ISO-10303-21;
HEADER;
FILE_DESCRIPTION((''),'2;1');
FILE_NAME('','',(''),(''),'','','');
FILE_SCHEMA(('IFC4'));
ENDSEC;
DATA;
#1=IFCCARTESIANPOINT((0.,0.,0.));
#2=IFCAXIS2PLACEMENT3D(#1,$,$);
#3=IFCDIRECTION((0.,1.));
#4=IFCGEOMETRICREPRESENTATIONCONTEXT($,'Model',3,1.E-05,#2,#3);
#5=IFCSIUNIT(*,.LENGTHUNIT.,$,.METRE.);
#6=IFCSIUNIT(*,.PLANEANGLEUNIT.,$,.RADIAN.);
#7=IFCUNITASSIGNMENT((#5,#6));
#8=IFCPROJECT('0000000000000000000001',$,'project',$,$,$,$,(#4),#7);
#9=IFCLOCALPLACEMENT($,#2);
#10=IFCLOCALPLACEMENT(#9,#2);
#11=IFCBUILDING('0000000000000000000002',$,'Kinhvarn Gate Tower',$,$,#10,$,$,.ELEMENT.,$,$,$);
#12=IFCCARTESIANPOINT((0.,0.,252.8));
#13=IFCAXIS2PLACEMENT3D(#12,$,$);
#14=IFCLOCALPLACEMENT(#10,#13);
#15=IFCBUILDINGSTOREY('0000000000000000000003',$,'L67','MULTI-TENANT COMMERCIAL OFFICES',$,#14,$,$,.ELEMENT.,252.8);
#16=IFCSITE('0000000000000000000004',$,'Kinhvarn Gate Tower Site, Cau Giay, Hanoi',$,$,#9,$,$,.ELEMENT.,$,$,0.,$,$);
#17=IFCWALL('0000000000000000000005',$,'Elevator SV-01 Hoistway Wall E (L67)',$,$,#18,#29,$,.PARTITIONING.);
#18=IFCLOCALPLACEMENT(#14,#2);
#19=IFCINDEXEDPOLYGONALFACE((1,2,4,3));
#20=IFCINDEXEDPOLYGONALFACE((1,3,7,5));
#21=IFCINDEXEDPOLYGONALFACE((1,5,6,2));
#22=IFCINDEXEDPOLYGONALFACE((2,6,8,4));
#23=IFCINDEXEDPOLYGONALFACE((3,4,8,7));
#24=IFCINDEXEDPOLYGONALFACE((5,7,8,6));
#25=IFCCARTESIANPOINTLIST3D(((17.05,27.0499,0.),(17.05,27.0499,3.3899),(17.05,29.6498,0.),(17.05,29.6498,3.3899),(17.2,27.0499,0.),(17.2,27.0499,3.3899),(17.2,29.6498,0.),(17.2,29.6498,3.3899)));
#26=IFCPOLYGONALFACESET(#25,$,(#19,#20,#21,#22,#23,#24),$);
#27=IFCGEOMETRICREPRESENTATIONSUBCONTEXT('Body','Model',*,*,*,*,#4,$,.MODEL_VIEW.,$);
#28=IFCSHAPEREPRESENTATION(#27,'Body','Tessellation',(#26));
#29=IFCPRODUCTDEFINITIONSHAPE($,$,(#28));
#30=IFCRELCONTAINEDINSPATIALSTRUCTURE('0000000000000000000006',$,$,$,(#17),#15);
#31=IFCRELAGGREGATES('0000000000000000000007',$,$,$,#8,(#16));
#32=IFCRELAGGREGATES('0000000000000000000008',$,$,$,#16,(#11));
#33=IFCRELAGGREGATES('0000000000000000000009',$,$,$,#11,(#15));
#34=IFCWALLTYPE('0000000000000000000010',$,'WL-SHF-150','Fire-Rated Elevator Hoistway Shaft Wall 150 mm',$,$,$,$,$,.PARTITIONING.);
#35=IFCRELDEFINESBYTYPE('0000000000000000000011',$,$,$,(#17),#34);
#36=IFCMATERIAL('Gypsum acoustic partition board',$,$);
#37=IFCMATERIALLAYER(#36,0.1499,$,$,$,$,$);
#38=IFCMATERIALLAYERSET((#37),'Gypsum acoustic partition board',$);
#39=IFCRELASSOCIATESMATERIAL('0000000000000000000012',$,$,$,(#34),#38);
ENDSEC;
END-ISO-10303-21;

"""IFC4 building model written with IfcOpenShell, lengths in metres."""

from ifc_helpers import new_model, si_unit, direction, frame, frame_2d, origin, place, context, subcontext, project, spatial, rectangle, extrude, material, layer, layer_set, type_object, element, save


model = new_model("IFC4")

# Units and contexts
model_context = context("Model", 3, precision=1e-05, world=origin(), true_north=direction((0.0, 1.0)))
body_context = subcontext(model_context, "Body", "Model", "MODEL_VIEW")
ifc_project = project(units=[si_unit("LENGTHUNIT", "METRE"), si_unit("PLANEANGLEUNIT", "RADIAN")], contexts=[model_context])

# Site, building, storey
site_placement = place(None, origin())
site = spatial("IfcSite", under=ifc_project, at=site_placement, Name="Kinhvarn Gate Tower Site, Cau Giay, Hanoi", CompositionType="ELEMENT", RefElevation=0.0)
building_placement = place(site_placement, origin())
building = spatial("IfcBuilding", under=site, at=building_placement, Name="Kinhvarn Gate Tower", CompositionType="ELEMENT")
storey_placement = place(building_placement, frame((0.0, 0.0, 252.8)))
storey = spatial("IfcBuildingStorey", under=building, at=storey_placement, Name="L67", Description="MULTI-TENANT COMMERCIAL OFFICES", CompositionType="ELEMENT", Elevation=252.8)

# Shared definitions
ifc_material_1 = material(Name="Gypsum acoustic partition board")

# Shared definitions
ifc_layer_1 = layer(ifc_material_1, 0.1499)
ifc_layer_set_1 = layer_set([ifc_layer_1], Name="Gypsum acoustic partition board")
wall_type_1 = type_object("IfcWallType", Name="WL-SHF-150", Description="Fire-Rated Elevator Hoistway Shaft Wall 150 mm", PredefinedType="PARTITIONING", material=ifc_layer_set_1)

# Wall
wall_1_placement = place(storey_placement, frame((17.125, 27.05, 0.0), z_axis=(0.0, 0.0, 1.0), x_axis=(0.0, 1.0, 0.0)))
element("IfcWall", 1, at=wall_1_placement, inside=storey, type_object=wall_type_1, Name="Elevator SV-01 Hoistway Wall E (L67)", PredefinedType="PARTITIONING", context=body_context, shape_type="SweptSolid", body=[
    extrude(rectangle(XDim=2.5999, YDim=0.1499, at=frame_2d((1.2998, 0.0))), origin(), (0.0, 0.0, 1.0), 3.3899),
])

save(model, "model.ifc")
